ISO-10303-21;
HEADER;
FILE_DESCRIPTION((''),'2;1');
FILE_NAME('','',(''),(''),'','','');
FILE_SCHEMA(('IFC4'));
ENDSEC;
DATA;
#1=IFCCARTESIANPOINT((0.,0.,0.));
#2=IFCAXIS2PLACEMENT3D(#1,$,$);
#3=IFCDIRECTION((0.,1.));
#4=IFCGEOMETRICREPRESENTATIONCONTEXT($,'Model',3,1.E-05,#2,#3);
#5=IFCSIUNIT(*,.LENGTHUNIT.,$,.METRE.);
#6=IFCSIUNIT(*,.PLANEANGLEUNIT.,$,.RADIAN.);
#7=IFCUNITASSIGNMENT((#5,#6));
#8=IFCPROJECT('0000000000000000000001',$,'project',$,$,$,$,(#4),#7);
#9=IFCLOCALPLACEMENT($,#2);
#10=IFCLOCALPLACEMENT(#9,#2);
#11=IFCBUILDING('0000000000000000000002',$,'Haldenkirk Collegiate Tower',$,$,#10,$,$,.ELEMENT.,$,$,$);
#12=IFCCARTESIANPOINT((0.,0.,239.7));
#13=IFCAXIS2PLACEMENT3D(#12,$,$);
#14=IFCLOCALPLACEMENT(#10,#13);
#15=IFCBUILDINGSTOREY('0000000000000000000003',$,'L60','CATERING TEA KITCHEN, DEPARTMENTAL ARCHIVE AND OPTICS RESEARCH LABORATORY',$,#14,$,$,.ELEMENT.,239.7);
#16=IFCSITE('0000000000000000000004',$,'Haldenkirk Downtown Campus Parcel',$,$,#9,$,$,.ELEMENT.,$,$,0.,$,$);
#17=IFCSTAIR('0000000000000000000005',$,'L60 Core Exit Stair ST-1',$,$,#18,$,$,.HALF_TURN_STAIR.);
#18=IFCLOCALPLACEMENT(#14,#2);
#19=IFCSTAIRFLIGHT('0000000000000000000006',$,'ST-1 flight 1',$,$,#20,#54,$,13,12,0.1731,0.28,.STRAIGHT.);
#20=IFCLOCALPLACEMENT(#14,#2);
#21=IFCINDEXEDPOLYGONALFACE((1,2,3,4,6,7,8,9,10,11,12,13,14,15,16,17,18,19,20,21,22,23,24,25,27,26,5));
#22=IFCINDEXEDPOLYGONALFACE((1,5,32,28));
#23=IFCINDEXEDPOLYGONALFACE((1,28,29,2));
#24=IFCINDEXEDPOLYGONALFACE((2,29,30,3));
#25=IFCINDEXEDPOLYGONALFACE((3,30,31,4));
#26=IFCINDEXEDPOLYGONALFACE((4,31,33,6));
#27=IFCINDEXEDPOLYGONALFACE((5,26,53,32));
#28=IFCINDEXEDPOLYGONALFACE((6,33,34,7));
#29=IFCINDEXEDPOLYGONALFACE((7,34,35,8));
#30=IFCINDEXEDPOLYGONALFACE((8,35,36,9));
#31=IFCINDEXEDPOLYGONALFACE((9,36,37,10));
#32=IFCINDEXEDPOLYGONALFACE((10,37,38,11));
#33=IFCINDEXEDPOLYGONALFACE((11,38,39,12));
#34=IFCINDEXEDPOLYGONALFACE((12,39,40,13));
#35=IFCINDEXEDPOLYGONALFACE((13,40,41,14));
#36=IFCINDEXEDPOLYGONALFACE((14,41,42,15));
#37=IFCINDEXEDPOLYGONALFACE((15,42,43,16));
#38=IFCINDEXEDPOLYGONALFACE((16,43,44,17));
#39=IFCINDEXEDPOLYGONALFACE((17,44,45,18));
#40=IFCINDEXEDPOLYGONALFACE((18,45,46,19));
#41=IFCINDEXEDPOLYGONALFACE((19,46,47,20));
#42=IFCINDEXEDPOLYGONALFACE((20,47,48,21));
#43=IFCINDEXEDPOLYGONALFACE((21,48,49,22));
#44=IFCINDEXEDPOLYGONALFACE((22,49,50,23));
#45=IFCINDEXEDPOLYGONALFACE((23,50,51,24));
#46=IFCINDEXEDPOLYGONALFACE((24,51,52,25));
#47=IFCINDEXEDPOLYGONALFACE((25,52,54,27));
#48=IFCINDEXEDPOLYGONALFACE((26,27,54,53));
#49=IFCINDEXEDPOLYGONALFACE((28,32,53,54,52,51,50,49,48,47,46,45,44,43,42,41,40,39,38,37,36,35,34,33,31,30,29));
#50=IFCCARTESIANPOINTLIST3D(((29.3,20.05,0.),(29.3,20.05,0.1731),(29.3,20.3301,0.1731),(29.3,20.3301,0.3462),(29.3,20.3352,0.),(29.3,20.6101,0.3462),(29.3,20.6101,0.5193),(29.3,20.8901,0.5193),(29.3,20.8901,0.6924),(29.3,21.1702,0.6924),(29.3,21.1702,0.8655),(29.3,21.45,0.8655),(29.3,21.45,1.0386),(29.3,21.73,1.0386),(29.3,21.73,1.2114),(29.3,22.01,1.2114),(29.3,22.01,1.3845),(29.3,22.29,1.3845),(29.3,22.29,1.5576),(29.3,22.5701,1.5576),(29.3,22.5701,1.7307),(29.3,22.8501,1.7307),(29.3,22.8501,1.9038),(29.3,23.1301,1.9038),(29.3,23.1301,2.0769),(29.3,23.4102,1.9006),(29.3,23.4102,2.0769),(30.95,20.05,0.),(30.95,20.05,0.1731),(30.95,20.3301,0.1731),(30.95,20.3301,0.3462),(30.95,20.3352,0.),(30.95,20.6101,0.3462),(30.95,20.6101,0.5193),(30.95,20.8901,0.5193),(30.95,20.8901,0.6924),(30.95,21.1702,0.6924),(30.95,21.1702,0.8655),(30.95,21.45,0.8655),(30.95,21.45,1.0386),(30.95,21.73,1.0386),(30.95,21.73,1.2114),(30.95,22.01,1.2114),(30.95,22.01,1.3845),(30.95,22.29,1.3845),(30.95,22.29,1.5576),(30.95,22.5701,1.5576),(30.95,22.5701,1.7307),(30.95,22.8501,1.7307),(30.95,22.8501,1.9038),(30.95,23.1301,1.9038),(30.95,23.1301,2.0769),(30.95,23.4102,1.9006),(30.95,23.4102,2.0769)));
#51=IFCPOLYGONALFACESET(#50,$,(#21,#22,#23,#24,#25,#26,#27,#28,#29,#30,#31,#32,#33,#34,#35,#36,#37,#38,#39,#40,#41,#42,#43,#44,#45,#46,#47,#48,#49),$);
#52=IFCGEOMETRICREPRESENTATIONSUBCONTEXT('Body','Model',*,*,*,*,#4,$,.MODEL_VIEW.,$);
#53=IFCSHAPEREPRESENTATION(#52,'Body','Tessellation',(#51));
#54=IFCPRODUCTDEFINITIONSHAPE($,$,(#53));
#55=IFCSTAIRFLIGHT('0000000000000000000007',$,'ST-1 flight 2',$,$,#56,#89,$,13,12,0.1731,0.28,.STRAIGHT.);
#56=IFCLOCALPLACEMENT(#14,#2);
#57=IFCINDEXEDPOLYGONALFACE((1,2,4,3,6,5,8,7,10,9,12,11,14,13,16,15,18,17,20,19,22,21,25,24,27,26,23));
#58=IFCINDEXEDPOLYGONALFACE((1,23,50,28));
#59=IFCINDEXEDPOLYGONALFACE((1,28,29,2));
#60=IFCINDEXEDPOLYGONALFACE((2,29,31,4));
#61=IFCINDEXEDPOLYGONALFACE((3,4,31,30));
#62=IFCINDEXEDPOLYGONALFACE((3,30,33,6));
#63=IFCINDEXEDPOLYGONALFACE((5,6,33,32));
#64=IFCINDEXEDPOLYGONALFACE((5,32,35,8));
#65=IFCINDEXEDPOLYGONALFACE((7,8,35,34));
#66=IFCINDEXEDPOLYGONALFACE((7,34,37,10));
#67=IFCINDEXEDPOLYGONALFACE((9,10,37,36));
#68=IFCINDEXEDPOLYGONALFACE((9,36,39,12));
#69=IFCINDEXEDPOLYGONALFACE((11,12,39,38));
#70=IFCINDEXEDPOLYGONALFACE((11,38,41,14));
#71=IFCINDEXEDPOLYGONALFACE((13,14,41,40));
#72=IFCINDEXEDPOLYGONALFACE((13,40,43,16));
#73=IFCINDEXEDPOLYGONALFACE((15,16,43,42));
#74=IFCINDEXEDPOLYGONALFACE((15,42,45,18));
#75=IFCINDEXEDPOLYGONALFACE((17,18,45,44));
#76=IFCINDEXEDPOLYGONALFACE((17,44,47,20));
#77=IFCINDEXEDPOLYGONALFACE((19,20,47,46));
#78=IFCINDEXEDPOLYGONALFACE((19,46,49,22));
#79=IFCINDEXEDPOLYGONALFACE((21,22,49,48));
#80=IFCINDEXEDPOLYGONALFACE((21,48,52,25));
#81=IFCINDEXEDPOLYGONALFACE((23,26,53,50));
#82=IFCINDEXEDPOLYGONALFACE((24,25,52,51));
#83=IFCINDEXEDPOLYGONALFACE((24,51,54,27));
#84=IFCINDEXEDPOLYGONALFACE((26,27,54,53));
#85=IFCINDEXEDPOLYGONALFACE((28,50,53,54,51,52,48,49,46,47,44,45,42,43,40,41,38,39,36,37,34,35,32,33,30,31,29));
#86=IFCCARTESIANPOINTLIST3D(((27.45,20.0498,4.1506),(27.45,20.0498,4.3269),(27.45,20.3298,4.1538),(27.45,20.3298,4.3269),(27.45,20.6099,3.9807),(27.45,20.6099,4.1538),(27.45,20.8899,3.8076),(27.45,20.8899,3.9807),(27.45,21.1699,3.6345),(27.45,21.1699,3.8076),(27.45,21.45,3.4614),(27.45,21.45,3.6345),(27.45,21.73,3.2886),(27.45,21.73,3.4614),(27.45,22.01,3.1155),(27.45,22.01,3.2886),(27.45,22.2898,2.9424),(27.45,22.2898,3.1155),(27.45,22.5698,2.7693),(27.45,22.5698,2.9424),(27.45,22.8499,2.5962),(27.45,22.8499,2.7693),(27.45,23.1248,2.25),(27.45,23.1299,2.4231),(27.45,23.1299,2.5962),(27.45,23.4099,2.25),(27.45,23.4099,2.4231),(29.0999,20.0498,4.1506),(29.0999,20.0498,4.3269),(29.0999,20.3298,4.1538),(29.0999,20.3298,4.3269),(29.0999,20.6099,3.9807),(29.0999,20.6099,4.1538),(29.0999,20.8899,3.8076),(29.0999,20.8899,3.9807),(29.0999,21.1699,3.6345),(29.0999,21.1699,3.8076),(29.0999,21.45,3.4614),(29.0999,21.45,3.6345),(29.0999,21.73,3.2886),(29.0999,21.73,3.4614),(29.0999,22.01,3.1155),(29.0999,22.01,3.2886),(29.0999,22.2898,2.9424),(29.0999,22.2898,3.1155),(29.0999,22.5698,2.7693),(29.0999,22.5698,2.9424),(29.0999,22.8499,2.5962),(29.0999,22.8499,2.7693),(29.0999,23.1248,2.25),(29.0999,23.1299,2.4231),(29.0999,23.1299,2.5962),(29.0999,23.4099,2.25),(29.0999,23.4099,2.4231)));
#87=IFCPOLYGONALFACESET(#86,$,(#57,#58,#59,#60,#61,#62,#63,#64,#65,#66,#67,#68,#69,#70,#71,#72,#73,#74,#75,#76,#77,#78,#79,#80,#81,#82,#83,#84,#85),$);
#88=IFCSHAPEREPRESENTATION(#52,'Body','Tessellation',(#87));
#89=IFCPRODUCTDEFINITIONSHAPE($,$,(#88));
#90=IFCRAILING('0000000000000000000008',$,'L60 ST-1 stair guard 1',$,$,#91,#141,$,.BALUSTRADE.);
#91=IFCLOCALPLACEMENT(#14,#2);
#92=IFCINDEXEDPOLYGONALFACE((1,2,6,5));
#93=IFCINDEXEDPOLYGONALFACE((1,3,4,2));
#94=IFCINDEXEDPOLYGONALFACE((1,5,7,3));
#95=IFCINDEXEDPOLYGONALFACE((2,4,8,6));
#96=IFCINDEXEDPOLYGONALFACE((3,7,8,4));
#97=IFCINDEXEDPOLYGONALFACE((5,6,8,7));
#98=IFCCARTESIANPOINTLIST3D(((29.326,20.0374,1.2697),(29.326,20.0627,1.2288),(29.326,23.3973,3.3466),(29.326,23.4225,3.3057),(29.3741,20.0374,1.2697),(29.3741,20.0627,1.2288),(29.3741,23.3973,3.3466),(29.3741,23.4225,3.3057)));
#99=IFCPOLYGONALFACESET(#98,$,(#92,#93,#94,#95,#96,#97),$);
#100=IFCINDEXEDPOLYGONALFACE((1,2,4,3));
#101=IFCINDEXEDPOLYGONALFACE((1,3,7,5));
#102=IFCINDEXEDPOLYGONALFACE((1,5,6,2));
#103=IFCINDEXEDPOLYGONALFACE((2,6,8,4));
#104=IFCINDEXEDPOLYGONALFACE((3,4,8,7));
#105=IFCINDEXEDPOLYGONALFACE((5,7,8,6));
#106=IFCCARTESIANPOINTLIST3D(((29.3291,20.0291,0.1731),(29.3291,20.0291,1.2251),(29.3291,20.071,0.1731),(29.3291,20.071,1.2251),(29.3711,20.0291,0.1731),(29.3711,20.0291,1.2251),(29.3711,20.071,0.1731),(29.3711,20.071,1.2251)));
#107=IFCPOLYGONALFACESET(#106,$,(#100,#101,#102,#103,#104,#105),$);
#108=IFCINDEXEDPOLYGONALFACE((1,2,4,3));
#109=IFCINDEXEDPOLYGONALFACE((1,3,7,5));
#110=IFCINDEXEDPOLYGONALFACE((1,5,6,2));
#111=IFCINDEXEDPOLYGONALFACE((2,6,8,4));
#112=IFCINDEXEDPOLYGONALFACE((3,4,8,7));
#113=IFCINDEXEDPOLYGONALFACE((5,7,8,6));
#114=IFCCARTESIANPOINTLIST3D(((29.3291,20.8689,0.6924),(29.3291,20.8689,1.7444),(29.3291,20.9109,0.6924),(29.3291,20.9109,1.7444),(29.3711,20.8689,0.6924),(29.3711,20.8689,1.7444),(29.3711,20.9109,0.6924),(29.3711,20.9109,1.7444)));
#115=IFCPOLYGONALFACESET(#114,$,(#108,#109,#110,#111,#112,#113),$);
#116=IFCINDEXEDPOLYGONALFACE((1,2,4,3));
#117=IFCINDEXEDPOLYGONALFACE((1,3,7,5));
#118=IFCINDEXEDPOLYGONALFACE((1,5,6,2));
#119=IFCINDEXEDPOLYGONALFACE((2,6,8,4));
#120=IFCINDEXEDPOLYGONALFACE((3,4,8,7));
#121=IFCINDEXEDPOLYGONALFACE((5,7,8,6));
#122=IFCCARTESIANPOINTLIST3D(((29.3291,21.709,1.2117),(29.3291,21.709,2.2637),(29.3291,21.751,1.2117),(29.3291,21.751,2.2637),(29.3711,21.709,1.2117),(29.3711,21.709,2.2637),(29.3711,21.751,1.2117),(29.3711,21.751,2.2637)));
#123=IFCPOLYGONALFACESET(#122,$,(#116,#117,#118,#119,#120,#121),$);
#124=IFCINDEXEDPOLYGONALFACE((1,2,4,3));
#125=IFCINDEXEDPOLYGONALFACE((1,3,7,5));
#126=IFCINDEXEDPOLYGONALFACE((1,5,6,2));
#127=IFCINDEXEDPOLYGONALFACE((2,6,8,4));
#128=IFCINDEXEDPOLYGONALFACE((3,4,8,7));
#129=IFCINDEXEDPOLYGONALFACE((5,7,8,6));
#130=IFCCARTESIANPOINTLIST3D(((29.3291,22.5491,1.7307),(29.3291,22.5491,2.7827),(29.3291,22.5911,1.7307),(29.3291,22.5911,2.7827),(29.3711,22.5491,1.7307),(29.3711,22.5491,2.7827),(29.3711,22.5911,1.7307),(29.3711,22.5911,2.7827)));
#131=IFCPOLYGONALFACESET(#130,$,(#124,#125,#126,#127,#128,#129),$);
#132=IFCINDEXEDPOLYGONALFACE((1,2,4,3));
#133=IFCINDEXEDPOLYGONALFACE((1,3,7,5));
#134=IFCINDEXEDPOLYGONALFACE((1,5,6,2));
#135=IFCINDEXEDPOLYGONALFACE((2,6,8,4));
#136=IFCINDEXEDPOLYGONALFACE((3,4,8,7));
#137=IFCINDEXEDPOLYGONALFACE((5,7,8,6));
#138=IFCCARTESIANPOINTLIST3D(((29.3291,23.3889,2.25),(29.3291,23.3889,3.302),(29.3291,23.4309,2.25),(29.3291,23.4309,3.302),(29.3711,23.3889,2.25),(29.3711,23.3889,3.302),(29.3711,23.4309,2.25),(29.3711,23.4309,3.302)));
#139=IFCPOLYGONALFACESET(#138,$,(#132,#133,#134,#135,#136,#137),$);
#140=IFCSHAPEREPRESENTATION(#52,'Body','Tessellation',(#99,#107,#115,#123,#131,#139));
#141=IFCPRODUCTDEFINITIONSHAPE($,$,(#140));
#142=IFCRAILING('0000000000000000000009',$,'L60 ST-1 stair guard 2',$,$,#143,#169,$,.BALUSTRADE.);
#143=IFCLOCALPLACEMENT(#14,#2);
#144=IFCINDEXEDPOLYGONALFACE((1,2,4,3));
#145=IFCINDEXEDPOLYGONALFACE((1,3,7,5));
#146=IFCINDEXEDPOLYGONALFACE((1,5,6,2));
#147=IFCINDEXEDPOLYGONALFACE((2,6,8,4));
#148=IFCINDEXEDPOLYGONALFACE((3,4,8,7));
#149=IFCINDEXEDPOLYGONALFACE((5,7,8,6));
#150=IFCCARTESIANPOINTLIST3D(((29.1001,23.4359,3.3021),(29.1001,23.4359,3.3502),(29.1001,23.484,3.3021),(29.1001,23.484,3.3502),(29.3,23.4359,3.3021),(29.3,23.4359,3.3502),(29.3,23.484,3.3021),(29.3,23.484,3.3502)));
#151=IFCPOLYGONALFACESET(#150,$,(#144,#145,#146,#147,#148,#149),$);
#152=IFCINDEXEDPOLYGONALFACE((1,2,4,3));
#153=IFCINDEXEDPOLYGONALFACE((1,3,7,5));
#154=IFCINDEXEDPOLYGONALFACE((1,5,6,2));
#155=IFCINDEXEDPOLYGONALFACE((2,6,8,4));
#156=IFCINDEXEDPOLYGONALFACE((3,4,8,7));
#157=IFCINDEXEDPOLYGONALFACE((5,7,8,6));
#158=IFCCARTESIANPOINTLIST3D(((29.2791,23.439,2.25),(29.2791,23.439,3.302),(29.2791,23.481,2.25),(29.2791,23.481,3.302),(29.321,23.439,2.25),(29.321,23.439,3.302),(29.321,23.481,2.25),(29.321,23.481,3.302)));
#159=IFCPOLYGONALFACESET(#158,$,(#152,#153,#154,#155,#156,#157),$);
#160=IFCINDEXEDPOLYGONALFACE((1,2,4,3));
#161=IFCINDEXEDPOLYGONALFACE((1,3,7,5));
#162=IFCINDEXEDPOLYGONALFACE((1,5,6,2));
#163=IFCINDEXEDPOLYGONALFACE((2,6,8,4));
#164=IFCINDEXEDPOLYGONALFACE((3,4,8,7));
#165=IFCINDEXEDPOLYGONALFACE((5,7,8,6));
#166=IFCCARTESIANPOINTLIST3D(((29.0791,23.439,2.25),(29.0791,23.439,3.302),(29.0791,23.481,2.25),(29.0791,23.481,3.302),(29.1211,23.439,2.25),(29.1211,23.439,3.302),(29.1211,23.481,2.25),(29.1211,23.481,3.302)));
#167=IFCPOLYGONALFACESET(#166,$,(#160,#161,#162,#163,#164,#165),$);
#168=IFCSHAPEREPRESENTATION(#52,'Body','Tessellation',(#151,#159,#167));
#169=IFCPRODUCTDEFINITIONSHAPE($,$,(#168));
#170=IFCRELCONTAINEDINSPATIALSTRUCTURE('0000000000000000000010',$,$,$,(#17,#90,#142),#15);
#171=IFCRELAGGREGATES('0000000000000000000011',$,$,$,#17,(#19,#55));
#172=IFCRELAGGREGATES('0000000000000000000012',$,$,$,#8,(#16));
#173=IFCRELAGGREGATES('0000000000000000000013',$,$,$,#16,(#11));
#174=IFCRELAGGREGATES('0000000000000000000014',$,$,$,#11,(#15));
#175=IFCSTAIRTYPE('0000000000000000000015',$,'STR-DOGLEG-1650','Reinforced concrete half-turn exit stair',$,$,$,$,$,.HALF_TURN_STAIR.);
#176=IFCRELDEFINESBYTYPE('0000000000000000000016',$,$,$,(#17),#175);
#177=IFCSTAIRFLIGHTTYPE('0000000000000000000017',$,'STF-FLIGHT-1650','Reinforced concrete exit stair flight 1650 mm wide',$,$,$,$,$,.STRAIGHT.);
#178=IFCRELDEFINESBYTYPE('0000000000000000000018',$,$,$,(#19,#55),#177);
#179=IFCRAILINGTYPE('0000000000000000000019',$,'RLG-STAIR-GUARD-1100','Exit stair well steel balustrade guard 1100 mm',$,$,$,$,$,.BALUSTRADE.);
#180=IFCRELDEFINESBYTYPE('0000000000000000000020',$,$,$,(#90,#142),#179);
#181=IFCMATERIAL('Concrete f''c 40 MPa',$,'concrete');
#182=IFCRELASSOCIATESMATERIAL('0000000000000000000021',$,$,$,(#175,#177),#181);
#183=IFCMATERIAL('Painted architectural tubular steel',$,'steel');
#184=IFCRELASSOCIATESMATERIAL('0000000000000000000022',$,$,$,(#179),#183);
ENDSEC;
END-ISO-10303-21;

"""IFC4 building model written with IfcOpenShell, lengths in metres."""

from ifc_helpers import new_model, si_unit, direction, frame, origin, origin_2d, place, context, subcontext, project, spatial, polyline, rectangle, outline, extrude, material, type_object, element, aggregate, save


model = new_model("IFC4")

# Units and contexts
model_context = context("Model", 3, precision=1e-05, world=origin(), true_north=direction((0.0, 1.0)))
body_context = subcontext(model_context, "Body", "Model", "MODEL_VIEW")
ifc_project = project(units=[si_unit("LENGTHUNIT", "METRE"), si_unit("PLANEANGLEUNIT", "RADIAN")], contexts=[model_context])

# Site, building, storey
site_placement = place(None, origin())
site = spatial("IfcSite", under=ifc_project, at=site_placement, Name="Haldenkirk Downtown Campus Parcel", CompositionType="ELEMENT", RefElevation=0.0)
building_placement = place(site_placement, origin())
building = spatial("IfcBuilding", under=site, at=building_placement, Name="Haldenkirk Collegiate Tower", CompositionType="ELEMENT")
storey_placement = place(building_placement, frame((0.0, 0.0, 239.7)))
storey = spatial("IfcBuildingStorey", under=building, at=storey_placement, Name="L60", Description="CATERING TEA KITCHEN, DEPARTMENTAL ARCHIVE AND OPTICS RESEARCH LABORATORY", CompositionType="ELEMENT", Elevation=239.7)

# Stair, stair flights
ifc_material_1 = material(Name="Concrete f'c 40 MPa", Category="concrete")
stair_type = type_object("IfcStairType", Name="STR-DOGLEG-1650", Description="Reinforced concrete half-turn exit stair", PredefinedType="HALF_TURN_STAIR", material=ifc_material_1)
stair_placement = place(storey_placement, origin())
stair = element("IfcStair", 1, at=stair_placement, inside=storey, type_object=stair_type, Name="L60 Core Exit Stair ST-1", PredefinedType="HALF_TURN_STAIR")
stair_flight_type = type_object("IfcStairFlightType", Name="STF-FLIGHT-1650", Description="Reinforced concrete exit stair flight 1650 mm wide", PredefinedType="STRAIGHT", material=ifc_material_1)
stair_flight_1_placement = place(storey_placement, frame((30.125, 20.05, 0.0), z_axis=(0.0, 0.0, 1.0), x_axis=(0.0, 1.0, 0.0)))
stair_flight_1 = element("IfcStairFlight", 2, at=stair_flight_1_placement, type_object=stair_flight_type, Name="ST-1 flight 1", NumberOfRisers=13, NumberOfTreads=12, PredefinedType="STRAIGHT", RiserHeight=0.1731, TreadLength=0.28, context=body_context, shape_type="SweptSolid", body=[
    extrude(outline(polyline([(0.0, 0.0), (0.0, 0.1731), (0.28, 0.1731), (0.28, 0.3462), (0.5601, 0.3462), (0.5601, 0.5193), (0.8401, 0.5193), (0.8401, 0.6924), (1.1201, 0.6924), (1.1201, 0.8655), (1.3999, 0.8655), (1.3999, 1.0386), (1.6799, 1.0386), (1.6799, 1.2114), (1.96, 1.2114), (1.96, 1.3845), (2.24, 1.3845), (2.24, 1.5576), (2.52, 1.5576), (2.52, 1.7307), (2.8, 1.7307), (2.8, 1.9038), (3.0801, 1.9038), (3.0801, 2.0769), (3.3601, 2.0769), (3.3601, 2.25), (3.3601, 1.9006), (0.2852, 0.0), (0.0, 0.0)])), frame((0.0, 0.825, 0.0), z_axis=(0.0, -1.0, 0.0), x_axis=(1.0, 0.0, 0.0)), (0.0, 0.0, 1.0), 1.6499),
])
stair_flight_2_placement = place(storey_placement, frame((28.2749, 23.4099, 2.25), z_axis=(0.0, 0.0, 1.0), x_axis=(0.0, -1.0, 0.0)))
stair_flight_2 = element("IfcStairFlight", 3, at=stair_flight_2_placement, type_object=stair_flight_type, Name="ST-1 flight 2", NumberOfRisers=13, NumberOfTreads=12, PredefinedType="STRAIGHT", RiserHeight=0.1731, TreadLength=0.28, context=body_context, shape_type="SweptSolid", body=[
    extrude(outline(polyline([(0.0, 0.0), (0.0, 0.1731), (0.28, 0.1731), (0.28, 0.3462), (0.5601, 0.3462), (0.5601, 0.5193), (0.8401, 0.5193), (0.8401, 0.6924), (1.1201, 0.6924), (1.1201, 0.8655), (1.3999, 0.8655), (1.3999, 1.0386), (1.6799, 1.0386), (1.6799, 1.2114), (1.96, 1.2114), (1.96, 1.3845), (2.24, 1.3845), (2.24, 1.5576), (2.52, 1.5576), (2.52, 1.7307), (2.8, 1.7307), (2.8, 1.9038), (3.0801, 1.9038), (3.0801, 2.0769), (3.3601, 2.0769), (3.3601, 2.25), (3.3601, 1.9006), (0.2852, 0.0), (0.0, 0.0)])), frame((0.0, 0.825, 0.0), z_axis=(0.0, -1.0, 0.0), x_axis=(1.0, 0.0, 0.0)), (0.0, 0.0, 1.0), 1.6499),
])
aggregate(stair, [stair_flight_1, stair_flight_2])

# Railings
ifc_material_2 = material(Name="Painted architectural tubular steel", Category="steel")
railing_type_1 = type_object("IfcRailingType", Name="RLG-STAIR-GUARD-1100", Description="Exit stair well steel balustrade guard 1100 mm", PredefinedType="BALUSTRADE", material=ifc_material_2)
railing_1_placement = place(storey_placement, frame((29.3501, 20.05, 0.1731)))
element("IfcRailing", 4, at=railing_1_placement, inside=storey, type_object=railing_type_1, Name="L60 ST-1 stair guard 1", PredefinedType="BALUSTRADE", context=body_context, shape_type="SweptSolid", body=[
    extrude(rectangle(XDim=0.0481, YDim=0.0481, at=origin_2d()), frame((0.0, 0.0, 1.0762), z_axis=(0.0, 0.850606, 0.525803), x_axis=(-1.0, 0.0, 0.0)), (0.0, 0.0, 1.0), 3.95),
    extrude(rectangle(XDim=0.042, YDim=0.042, at=origin_2d()), origin(), (0.0, 0.0, 1.0), 1.052),
    extrude(rectangle(XDim=0.042, YDim=0.042, at=origin_2d()), frame((0.0, 0.8398, 0.5193)), (0.0, 0.0, 1.0), 1.052),
    extrude(rectangle(XDim=0.042, YDim=0.042, at=origin_2d()), frame((0.0, 1.6799, 1.0386)), (0.0, 0.0, 1.0), 1.052),
    extrude(rectangle(XDim=0.042, YDim=0.042, at=origin_2d()), frame((0.0, 2.52, 1.5576)), (0.0, 0.0, 1.0), 1.052),
    extrude(rectangle(XDim=0.042, YDim=0.042, at=origin_2d()), frame((0.0, 3.3599, 2.0769)), (0.0, 0.0, 1.0), 1.052),
])
railing_2_placement = place(storey_placement, frame((29.3, 23.46, 2.25)))
element("IfcRailing", 5, at=railing_2_placement, inside=storey, type_object=railing_type_1, Name="L60 ST-1 stair guard 2", PredefinedType="BALUSTRADE", context=body_context, shape_type="SweptSolid", body=[
    extrude(rectangle(XDim=0.0481, YDim=0.0481, at=origin_2d()), frame((0.0, 0.0, 1.0762), z_axis=(-1.0, 0.0, 0.0), x_axis=(0.0, -1.0, 0.0)), (0.0, 0.0, 1.0), 0.2),
    extrude(rectangle(XDim=0.042, YDim=0.042, at=origin_2d()), origin(), (0.0, 0.0, 1.0), 1.052),
    extrude(rectangle(XDim=0.042, YDim=0.042, at=origin_2d()), frame((-0.2, 0.0, 0.0)), (0.0, 0.0, 1.0), 1.052),
])

save(model, "model.ifc")
